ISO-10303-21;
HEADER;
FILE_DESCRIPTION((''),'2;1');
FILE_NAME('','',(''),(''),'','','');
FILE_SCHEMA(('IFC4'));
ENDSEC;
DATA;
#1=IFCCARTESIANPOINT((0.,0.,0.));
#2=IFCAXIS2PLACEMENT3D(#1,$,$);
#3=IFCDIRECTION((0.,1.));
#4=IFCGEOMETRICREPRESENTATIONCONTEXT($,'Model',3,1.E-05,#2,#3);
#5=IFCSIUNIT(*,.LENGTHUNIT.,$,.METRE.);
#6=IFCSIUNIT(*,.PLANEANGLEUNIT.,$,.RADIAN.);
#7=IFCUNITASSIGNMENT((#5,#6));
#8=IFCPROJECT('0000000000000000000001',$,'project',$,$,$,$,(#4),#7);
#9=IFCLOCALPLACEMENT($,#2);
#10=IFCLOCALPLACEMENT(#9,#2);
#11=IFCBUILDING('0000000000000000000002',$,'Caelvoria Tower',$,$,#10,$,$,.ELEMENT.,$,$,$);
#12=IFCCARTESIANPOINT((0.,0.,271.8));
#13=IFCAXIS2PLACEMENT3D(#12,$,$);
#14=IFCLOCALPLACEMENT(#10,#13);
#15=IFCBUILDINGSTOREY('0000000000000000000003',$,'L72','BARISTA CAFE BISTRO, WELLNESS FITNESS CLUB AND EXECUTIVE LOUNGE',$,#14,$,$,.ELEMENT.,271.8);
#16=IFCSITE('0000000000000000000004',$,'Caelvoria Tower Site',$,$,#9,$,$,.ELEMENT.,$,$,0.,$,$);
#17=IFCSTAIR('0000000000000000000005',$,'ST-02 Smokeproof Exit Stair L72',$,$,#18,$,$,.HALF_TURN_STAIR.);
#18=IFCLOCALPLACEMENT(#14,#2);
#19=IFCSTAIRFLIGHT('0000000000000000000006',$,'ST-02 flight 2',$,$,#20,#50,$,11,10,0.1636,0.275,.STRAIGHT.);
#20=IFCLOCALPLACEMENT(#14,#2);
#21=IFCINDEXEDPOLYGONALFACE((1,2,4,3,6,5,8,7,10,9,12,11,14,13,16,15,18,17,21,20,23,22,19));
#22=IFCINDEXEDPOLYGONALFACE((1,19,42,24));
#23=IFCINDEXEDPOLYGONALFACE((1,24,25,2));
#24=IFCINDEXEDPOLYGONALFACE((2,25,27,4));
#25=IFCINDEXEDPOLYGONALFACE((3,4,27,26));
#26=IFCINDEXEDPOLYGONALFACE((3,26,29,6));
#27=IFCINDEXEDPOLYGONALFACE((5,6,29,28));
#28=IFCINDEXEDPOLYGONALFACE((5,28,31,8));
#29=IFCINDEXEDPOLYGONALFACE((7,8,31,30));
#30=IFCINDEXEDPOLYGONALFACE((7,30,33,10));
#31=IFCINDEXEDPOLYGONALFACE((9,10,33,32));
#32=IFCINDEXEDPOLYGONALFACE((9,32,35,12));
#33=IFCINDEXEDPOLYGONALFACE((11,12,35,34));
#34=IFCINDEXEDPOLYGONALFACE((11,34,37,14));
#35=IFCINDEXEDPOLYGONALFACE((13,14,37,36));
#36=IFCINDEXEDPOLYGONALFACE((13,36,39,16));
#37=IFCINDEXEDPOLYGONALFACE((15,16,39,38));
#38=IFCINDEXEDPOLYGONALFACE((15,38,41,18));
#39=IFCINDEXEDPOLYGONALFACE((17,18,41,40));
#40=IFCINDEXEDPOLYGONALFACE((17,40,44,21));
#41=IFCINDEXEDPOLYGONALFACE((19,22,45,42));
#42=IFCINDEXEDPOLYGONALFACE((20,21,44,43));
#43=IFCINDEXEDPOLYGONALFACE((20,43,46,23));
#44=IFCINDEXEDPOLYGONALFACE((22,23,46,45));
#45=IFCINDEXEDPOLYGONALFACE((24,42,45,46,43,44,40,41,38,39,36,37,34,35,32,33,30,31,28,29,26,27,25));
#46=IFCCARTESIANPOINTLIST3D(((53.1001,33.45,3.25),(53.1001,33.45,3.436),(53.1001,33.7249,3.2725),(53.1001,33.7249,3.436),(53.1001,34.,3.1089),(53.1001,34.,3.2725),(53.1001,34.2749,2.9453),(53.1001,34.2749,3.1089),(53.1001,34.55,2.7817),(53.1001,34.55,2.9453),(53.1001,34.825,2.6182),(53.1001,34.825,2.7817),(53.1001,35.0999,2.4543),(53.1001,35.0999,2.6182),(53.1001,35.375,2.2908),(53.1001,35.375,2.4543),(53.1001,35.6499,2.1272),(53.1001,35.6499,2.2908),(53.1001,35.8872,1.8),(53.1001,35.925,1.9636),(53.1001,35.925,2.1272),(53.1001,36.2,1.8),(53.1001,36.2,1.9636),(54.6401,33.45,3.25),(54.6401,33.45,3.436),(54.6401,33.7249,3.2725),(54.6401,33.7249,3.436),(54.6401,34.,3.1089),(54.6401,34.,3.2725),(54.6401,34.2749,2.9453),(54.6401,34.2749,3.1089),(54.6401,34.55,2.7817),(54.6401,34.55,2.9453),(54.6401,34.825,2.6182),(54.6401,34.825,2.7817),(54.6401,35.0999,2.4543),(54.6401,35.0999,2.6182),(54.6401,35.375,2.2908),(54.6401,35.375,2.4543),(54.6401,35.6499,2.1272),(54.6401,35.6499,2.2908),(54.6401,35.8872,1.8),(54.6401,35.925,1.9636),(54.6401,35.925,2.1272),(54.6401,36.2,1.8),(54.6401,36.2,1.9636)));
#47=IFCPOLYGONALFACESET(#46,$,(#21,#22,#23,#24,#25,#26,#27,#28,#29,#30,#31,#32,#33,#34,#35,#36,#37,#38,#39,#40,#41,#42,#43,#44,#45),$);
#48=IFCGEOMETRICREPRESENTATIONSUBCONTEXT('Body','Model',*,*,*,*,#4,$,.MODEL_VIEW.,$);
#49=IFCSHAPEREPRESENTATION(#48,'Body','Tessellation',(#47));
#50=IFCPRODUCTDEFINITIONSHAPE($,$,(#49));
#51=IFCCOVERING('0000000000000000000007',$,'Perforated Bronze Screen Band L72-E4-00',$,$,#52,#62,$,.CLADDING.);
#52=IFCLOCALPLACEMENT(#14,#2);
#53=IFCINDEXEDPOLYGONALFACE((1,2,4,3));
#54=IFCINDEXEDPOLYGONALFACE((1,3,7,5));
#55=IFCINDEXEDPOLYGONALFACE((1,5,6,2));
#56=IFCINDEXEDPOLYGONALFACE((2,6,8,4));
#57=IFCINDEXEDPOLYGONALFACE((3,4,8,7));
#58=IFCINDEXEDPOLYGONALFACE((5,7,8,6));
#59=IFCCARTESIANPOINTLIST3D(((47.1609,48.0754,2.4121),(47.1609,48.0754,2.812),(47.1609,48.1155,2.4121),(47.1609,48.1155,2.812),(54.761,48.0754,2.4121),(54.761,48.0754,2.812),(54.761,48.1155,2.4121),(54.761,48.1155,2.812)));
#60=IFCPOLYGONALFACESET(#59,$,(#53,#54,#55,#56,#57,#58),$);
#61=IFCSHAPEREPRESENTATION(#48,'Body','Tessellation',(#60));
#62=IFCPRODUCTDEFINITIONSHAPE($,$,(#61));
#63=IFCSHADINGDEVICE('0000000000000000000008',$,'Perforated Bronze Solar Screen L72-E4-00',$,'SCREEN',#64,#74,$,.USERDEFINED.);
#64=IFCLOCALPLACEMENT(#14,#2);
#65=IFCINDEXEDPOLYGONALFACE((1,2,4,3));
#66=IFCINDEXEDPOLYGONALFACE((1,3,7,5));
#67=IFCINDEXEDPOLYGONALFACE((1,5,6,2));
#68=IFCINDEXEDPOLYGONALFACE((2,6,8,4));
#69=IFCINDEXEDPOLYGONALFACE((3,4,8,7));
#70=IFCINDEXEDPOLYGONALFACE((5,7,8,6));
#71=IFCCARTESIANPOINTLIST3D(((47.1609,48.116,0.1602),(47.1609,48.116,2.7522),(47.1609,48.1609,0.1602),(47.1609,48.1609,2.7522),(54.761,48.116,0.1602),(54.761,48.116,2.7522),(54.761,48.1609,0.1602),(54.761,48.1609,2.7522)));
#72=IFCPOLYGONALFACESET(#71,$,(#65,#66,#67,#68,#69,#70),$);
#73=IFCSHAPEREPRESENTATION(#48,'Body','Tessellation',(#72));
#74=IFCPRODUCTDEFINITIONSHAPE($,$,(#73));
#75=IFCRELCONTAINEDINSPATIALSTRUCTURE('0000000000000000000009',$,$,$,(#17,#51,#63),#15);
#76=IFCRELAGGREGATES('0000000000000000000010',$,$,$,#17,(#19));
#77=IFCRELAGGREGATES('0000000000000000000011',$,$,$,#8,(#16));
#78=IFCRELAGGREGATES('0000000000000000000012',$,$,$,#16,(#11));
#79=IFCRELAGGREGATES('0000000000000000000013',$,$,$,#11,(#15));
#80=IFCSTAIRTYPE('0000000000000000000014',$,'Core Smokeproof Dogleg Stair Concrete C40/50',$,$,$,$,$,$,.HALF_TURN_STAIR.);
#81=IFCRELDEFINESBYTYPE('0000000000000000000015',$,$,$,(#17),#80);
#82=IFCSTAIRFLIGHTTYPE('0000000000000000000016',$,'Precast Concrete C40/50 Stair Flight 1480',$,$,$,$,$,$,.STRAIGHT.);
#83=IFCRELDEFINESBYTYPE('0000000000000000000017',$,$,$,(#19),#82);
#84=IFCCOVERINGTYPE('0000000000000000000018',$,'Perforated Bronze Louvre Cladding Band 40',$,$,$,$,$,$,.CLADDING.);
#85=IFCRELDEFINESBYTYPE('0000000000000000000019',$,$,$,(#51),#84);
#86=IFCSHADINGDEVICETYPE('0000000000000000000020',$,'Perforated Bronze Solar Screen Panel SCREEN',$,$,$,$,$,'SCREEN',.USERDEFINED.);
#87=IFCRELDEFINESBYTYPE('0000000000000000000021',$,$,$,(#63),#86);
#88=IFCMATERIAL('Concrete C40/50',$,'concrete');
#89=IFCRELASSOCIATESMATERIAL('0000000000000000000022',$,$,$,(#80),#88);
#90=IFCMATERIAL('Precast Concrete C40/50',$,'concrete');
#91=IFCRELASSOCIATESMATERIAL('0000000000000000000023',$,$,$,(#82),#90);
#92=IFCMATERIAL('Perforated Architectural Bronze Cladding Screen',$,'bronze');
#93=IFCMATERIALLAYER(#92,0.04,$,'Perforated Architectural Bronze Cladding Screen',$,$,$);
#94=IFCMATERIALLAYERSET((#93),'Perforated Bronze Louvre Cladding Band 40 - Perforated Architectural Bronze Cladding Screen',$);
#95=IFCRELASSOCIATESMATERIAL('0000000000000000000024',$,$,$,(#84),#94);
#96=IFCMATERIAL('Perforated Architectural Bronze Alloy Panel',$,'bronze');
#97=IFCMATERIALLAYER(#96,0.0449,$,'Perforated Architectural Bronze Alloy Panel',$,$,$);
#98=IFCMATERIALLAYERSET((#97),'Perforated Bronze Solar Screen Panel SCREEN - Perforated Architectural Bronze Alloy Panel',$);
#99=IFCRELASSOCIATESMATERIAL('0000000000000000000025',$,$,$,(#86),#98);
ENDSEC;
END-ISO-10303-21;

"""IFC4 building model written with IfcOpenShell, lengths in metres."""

from ifc_helpers import new_model, si_unit, direction, frame, origin, origin_2d, place, context, subcontext, project, spatial, polyline, rectangle, outline, extrude, material, layer, layer_set, type_object, element, aggregate, save


model = new_model("IFC4")

# Units and contexts
model_context = context("Model", 3, precision=1e-05, world=origin(), true_north=direction((0.0, 1.0)))
body_context = subcontext(model_context, "Body", "Model", "MODEL_VIEW")
ifc_project = project(units=[si_unit("LENGTHUNIT", "METRE"), si_unit("PLANEANGLEUNIT", "RADIAN")], contexts=[model_context])

# Site, building, storey
site_placement = place(None, origin())
site = spatial("IfcSite", under=ifc_project, at=site_placement, Name="Caelvoria Tower Site", CompositionType="ELEMENT", RefElevation=0.0)
building_placement = place(site_placement, origin())
building = spatial("IfcBuilding", under=site, at=building_placement, Name="Caelvoria Tower", CompositionType="ELEMENT")
storey_placement = place(building_placement, frame((0.0, 0.0, 271.8)))
storey = spatial("IfcBuildingStorey", under=building, at=storey_placement, Name="L72", Description="BARISTA CAFE BISTRO, WELLNESS FITNESS CLUB AND EXECUTIVE LOUNGE", CompositionType="ELEMENT", Elevation=271.8)

# Stair, stair flight
ifc_material_1 = material(Name="Concrete C40/50", Category="concrete")
stair_type = type_object("IfcStairType", Name="Core Smokeproof Dogleg Stair Concrete C40/50", PredefinedType="HALF_TURN_STAIR", material=ifc_material_1)
stair_placement = place(storey_placement, origin())
stair = element("IfcStair", 1, at=stair_placement, inside=storey, type_object=stair_type, Name="ST-02 Smokeproof Exit Stair L72", PredefinedType="HALF_TURN_STAIR")
ifc_material_2 = material(Name="Precast Concrete C40/50", Category="concrete")
stair_flight_type = type_object("IfcStairFlightType", Name="Precast Concrete C40/50 Stair Flight 1480", PredefinedType="STRAIGHT", material=ifc_material_2)
stair_flight_1_placement = place(storey_placement, frame((53.8701, 36.2, 1.8), z_axis=(0.0, 0.0, 1.0), x_axis=(0.0, -1.0, 0.0)))
stair_flight_1 = element("IfcStairFlight", 2, at=stair_flight_1_placement, type_object=stair_flight_type, Name="ST-02 flight 2", NumberOfRisers=11, NumberOfTreads=10, PredefinedType="STRAIGHT", RiserHeight=0.1636, TreadLength=0.275, context=body_context, shape_type="SweptSolid", body=[
    extrude(outline(polyline([(0.0, 0.0), (0.0, 0.1636), (0.2749, 0.1636), (0.2749, 0.3271), (0.55, 0.3271), (0.55, 0.4907), (0.825, 0.4907), (0.825, 0.6543), (1.1001, 0.6543), (1.1001, 0.8181), (1.375, 0.8181), (1.375, 0.9817), (1.6499, 0.9817), (1.6499, 1.1453), (1.925, 1.1453), (1.925, 1.3088), (2.2, 1.3088), (2.2, 1.4724), (2.4751, 1.4724), (2.4751, 1.636), (2.75, 1.636), (2.75, 1.7996), (2.75, 1.45), (0.3127, 0.0), (0.0, 0.0)])), frame((0.0, 0.77, 0.0), z_axis=(0.0, -1.0, 0.0), x_axis=(1.0, 0.0, 0.0)), (0.0, 0.0, 1.0), 1.54),
])
aggregate(stair, [stair_flight_1])

# Covering
ifc_material_3 = material(Name="Perforated Architectural Bronze Cladding Screen", Category="bronze")
ifc_layer_1 = layer(ifc_material_3, 0.04, Name="Perforated Architectural Bronze Cladding Screen")
ifc_layer_set_1 = layer_set([ifc_layer_1], Name="Perforated Bronze Louvre Cladding Band 40 - Perforated Architectural Bronze Cladding Screen")
covering_type = type_object("IfcCoveringType", Name="Perforated Bronze Louvre Cladding Band 40", PredefinedType="CLADDING", material=ifc_layer_set_1)
covering_placement = place(storey_placement, frame((50.9609, 48.0955, 2.4121), z_axis=(0.0, 0.0, 1.0), x_axis=(-1.0, 0.0, 0.0)))
element("IfcCovering", 3, at=covering_placement, inside=storey, type_object=covering_type, Name="Perforated Bronze Screen Band L72-E4-00", PredefinedType="CLADDING", context=body_context, shape_type="SweptSolid", body=[
    extrude(rectangle(XDim=7.6001, YDim=0.04, at=origin_2d()), origin(), (0.0, 0.0, 1.0), 0.3999),
])

# Shading device
ifc_material_4 = material(Name="Perforated Architectural Bronze Alloy Panel", Category="bronze")
ifc_layer_2 = layer(ifc_material_4, 0.0449, Name="Perforated Architectural Bronze Alloy Panel")
ifc_layer_set_2 = layer_set([ifc_layer_2], Name="Perforated Bronze Solar Screen Panel SCREEN - Perforated Architectural Bronze Alloy Panel")
shading_device_type = type_object("IfcShadingDeviceType", Name="Perforated Bronze Solar Screen Panel SCREEN", ElementType="SCREEN", PredefinedType="USERDEFINED", material=ifc_layer_set_2)
shading_device_placement = place(storey_placement, frame((50.9609, 48.1384, 0.1602), z_axis=(0.0, 0.0, 1.0), x_axis=(-1.0, 0.0, 0.0)))
element("IfcShadingDevice", 4, at=shading_device_placement, inside=storey, type_object=shading_device_type, Name="Perforated Bronze Solar Screen L72-E4-00", ObjectType="SCREEN", PredefinedType="USERDEFINED", context=body_context, shape_type="SweptSolid", body=[
    extrude(rectangle(XDim=7.6001, YDim=0.0449, at=origin_2d()), origin(), (0.0, 0.0, 1.0), 2.592),
])

save(model, "model.ifc")
